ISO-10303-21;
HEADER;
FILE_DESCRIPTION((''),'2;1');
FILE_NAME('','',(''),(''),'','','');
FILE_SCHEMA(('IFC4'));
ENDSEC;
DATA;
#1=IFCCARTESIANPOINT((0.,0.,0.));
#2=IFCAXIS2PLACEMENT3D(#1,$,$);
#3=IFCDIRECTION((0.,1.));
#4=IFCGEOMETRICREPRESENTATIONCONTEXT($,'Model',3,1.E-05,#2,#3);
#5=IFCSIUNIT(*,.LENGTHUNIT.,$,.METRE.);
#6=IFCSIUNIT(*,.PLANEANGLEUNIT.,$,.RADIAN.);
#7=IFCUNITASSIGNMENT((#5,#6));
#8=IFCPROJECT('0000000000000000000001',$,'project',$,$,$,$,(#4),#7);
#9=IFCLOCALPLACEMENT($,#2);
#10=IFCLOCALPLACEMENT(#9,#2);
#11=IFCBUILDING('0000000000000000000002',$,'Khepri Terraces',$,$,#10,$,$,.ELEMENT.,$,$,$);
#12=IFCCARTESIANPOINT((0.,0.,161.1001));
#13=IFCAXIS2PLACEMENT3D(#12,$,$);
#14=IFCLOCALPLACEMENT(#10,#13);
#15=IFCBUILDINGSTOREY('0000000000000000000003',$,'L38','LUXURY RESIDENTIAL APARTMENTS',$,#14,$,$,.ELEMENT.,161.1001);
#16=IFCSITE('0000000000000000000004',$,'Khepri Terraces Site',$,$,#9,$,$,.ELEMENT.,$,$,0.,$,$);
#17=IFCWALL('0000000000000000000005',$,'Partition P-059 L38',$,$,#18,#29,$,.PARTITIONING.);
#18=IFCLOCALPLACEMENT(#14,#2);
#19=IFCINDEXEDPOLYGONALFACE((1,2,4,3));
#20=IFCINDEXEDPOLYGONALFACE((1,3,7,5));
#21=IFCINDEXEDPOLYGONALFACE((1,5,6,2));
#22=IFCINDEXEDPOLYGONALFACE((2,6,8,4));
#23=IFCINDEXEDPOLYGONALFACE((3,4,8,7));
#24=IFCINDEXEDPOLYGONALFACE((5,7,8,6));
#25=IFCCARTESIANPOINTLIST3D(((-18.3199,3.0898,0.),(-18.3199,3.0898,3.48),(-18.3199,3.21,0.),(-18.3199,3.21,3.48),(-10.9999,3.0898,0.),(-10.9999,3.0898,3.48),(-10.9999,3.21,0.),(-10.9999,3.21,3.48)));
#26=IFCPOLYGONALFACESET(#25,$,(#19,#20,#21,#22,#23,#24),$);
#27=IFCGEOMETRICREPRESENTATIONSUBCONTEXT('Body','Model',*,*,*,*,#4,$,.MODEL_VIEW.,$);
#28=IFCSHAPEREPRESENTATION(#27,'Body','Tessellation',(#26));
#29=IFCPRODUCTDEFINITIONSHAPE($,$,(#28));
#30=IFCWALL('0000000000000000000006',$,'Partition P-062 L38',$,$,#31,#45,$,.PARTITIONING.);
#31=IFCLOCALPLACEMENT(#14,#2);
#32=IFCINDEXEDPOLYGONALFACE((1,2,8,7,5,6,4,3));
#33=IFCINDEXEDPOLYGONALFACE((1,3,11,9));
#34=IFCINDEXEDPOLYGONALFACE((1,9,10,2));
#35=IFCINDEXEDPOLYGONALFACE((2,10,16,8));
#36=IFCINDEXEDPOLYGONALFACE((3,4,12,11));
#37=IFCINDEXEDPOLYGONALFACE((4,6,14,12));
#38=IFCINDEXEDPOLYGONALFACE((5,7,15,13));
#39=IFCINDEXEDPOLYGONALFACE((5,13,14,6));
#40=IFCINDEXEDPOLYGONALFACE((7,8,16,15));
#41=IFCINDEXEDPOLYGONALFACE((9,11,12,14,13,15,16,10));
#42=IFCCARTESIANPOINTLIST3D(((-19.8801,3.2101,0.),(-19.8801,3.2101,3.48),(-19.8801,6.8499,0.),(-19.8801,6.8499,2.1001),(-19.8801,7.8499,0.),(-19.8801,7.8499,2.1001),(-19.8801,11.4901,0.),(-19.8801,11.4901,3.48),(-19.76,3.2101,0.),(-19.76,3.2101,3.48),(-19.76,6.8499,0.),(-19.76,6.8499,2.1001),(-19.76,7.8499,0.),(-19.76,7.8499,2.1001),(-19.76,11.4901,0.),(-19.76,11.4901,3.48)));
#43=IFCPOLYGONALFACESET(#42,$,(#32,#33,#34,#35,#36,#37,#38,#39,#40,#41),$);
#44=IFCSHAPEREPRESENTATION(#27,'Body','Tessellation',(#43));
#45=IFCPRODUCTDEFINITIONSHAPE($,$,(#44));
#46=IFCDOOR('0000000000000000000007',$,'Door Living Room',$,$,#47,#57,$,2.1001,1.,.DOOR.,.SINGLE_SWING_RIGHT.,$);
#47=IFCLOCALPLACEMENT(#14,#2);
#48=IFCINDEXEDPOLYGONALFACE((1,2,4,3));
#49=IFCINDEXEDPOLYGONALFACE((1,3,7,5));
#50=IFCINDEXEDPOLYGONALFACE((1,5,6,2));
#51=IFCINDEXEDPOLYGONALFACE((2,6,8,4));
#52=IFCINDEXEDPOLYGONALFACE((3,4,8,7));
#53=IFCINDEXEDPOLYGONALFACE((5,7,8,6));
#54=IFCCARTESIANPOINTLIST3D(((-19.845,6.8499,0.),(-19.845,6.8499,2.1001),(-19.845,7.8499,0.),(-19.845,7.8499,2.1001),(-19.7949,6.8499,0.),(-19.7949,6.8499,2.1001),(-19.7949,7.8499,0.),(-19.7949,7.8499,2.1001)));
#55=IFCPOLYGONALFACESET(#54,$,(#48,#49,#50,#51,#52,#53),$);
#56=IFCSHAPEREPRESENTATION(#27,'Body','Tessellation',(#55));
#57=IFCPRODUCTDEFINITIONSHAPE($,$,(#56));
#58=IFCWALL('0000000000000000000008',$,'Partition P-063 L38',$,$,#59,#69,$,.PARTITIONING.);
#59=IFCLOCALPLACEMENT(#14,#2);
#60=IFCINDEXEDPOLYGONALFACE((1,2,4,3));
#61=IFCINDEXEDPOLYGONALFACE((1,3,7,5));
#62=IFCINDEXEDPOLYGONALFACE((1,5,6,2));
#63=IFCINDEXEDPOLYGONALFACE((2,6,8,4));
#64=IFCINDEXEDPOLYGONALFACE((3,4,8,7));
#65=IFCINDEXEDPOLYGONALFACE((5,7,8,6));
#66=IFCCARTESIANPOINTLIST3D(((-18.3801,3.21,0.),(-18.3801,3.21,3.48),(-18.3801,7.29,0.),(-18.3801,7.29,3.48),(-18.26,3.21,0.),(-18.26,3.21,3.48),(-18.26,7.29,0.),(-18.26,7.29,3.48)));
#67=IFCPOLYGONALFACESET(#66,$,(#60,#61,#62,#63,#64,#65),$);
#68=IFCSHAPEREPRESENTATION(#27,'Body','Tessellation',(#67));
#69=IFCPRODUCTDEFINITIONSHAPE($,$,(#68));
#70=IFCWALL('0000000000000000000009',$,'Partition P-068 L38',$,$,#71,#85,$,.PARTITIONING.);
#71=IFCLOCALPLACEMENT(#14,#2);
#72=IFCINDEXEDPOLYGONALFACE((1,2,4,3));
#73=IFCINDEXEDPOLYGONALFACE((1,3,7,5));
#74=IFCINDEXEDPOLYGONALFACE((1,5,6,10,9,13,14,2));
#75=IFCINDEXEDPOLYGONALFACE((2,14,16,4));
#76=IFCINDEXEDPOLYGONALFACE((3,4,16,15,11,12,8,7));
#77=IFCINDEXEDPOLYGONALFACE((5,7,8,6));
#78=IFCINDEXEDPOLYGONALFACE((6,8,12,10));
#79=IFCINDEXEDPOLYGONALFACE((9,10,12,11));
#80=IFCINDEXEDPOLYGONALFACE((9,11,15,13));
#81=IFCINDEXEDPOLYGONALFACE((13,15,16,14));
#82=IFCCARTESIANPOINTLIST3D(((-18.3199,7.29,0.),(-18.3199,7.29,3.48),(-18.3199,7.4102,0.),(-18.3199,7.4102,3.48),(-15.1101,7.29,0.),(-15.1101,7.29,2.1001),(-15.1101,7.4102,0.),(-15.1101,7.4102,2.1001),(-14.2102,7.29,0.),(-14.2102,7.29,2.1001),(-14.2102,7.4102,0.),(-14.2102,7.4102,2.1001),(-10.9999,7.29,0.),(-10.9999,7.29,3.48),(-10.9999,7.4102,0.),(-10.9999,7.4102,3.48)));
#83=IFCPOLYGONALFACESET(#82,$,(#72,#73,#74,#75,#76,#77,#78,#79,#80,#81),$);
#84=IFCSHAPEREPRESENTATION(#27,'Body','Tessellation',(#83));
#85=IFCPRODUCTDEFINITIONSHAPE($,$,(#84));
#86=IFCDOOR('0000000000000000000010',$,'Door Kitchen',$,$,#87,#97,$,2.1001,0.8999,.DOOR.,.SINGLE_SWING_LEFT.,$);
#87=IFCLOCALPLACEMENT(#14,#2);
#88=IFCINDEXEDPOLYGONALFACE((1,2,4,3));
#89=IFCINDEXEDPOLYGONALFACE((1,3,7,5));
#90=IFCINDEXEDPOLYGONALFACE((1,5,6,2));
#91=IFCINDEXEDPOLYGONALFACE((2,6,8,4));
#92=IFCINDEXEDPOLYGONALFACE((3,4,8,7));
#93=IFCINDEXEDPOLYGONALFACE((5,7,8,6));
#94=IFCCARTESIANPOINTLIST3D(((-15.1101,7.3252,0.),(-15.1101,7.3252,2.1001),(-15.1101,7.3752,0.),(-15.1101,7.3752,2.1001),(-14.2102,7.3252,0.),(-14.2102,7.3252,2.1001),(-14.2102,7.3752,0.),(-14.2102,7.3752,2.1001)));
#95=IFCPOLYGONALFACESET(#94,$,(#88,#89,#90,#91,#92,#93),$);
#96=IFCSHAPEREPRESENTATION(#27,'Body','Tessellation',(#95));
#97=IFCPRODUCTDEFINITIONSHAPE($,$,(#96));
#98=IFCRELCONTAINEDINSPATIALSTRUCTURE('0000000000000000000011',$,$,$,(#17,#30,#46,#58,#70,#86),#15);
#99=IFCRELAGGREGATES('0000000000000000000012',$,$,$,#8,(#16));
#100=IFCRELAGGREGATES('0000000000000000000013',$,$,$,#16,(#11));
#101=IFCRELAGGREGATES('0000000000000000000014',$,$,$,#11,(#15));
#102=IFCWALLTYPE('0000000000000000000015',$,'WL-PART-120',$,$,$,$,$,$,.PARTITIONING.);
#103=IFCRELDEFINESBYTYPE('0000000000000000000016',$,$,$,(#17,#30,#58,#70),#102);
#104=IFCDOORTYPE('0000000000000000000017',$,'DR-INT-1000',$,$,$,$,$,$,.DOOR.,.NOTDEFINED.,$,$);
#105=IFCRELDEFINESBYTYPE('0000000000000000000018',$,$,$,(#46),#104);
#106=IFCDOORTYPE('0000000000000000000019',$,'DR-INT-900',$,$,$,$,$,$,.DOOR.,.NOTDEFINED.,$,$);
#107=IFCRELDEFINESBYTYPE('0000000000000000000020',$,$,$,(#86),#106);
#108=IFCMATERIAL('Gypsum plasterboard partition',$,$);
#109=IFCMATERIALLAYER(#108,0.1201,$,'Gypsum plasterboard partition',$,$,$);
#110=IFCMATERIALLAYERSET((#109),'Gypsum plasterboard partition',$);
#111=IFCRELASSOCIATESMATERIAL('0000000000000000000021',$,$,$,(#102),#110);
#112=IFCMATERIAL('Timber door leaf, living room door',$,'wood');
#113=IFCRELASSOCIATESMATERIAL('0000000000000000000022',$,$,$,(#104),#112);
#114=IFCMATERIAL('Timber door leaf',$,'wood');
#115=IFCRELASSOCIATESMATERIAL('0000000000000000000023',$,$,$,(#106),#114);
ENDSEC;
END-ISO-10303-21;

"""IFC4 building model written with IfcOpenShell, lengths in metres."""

from ifc_helpers import new_model, si_unit, direction, frame, frame_2d, origin, place, context, subcontext, project, spatial, rectangle, extrude, material, layer, layer_set, type_object, element, fill, save


model = new_model("IFC4")

# Units and contexts
model_context = context("Model", 3, precision=1e-05, world=origin(), true_north=direction((0.0, 1.0)))
body_context = subcontext(model_context, "Body", "Model", "MODEL_VIEW")
ifc_project = project(units=[si_unit("LENGTHUNIT", "METRE"), si_unit("PLANEANGLEUNIT", "RADIAN")], contexts=[model_context])

# Site, building, storey
site_placement = place(None, origin())
site = spatial("IfcSite", under=ifc_project, at=site_placement, Name="Khepri Terraces Site", CompositionType="ELEMENT", RefElevation=0.0)
building_placement = place(site_placement, origin())
building = spatial("IfcBuilding", under=site, at=building_placement, Name="Khepri Terraces", CompositionType="ELEMENT")
storey_placement = place(building_placement, frame((0.0, 0.0, 161.1001)))
storey = spatial("IfcBuildingStorey", under=building, at=storey_placement, Name="L38", Description="LUXURY RESIDENTIAL APARTMENTS", CompositionType="ELEMENT", Elevation=161.1001)

# Wall
ifc_material_1 = material(Name="Gypsum plasterboard partition")
ifc_layer_1 = layer(ifc_material_1, 0.1201, Name="Gypsum plasterboard partition")
ifc_layer_set_1 = layer_set([ifc_layer_1], Name="Gypsum plasterboard partition")
wall_type_1 = type_object("IfcWallType", Name="WL-PART-120", PredefinedType="PARTITIONING", material=ifc_layer_set_1)
wall_1_placement = place(storey_placement, frame((-18.3201, 3.1499, 0.0), z_axis=(0.0, 0.0, 1.0), x_axis=(1.0, 0.0, 0.0)))
element("IfcWall", 1, at=wall_1_placement, inside=storey, type_object=wall_type_1, Name="Partition P-059 L38", PredefinedType="PARTITIONING", context=body_context, shape_type="SweptSolid", body=[
    extrude(rectangle(XDim=7.3201, YDim=0.1201, at=frame_2d((3.6602, 0.0))), origin(), (0.0, 0.0, 1.0), 3.48),
])

# Wall, opening, door
wall_2_placement = place(storey_placement, frame((-19.8201, 3.21, 0.0), z_axis=(0.0, 0.0, 1.0), x_axis=(0.0, 1.0, 0.0)))
wall_2 = element("IfcWall", 2, at=wall_2_placement, inside=storey, type_object=wall_type_1, Name="Partition P-062 L38", PredefinedType="PARTITIONING", context=body_context, shape_type="SweptSolid", body=[
    extrude(rectangle(XDim=8.28, YDim=0.1201, at=frame_2d((4.1401, 0.0))), origin(), (0.0, 0.0, 1.0), 3.48),
])
opening_1_placement = place(wall_2_placement, frame((3.6399, 0.0, 0.0)))
opening_1 = element("IfcOpeningElement", 3, at=opening_1_placement, cuts=wall_2, PredefinedType="OPENING", context=body_context, shape_type="SweptSolid", body=[
    extrude(rectangle(XDim=1.0, YDim=2.1001, at=frame_2d((0.5, 1.05))), frame((0.0, 0.0701, 0.0), z_axis=(0.0, -1.0, 0.0), x_axis=(1.0, 0.0, 0.0)), (0.0, 0.0, 1.0), 0.1401),
])
ifc_material_2 = material(Name="Timber door leaf, living room door", Category="wood")
door_type_1 = type_object("IfcDoorType", Name="DR-INT-1000", OperationType="NOTDEFINED", PredefinedType="DOOR", material=ifc_material_2)
door_1_placement = place(opening_1_placement, origin())
door_1 = element("IfcDoor", 4, at=door_1_placement, inside=storey, type_object=door_type_1, Name="Door Living Room", OperationType="SINGLE_SWING_RIGHT", OverallHeight=2.1001, OverallWidth=1.0, PredefinedType="DOOR", context=body_context, shape_type="SweptSolid", body=[
    extrude(rectangle(XDim=1.0, YDim=2.1001, at=frame_2d((0.5, 1.05))), frame((0.0, 0.0249, 0.0), z_axis=(0.0, -1.0, 0.0), x_axis=(1.0, 0.0, 0.0)), (0.0, 0.0, 1.0), 0.05),
])
fill(opening_1, door_1)

# Wall
wall_3_placement = place(storey_placement, frame((-18.3201, 3.21, 0.0), z_axis=(0.0, 0.0, 1.0), x_axis=(0.0, 1.0, 0.0)))
element("IfcWall", 5, at=wall_3_placement, inside=storey, type_object=wall_type_1, Name="Partition P-063 L38", PredefinedType="PARTITIONING", context=body_context, shape_type="SweptSolid", body=[
    extrude(rectangle(XDim=4.0801, YDim=0.1201, at=frame_2d((2.04, 0.0))), origin(), (0.0, 0.0, 1.0), 3.48),
])

# Wall, opening, door
wall_4_placement = place(storey_placement, frame((-18.3201, 7.3501, 0.0), z_axis=(0.0, 0.0, 1.0), x_axis=(1.0, 0.0, 0.0)))
wall_4 = element("IfcWall", 6, at=wall_4_placement, inside=storey, type_object=wall_type_1, Name="Partition P-068 L38", PredefinedType="PARTITIONING", context=body_context, shape_type="SweptSolid", body=[
    extrude(rectangle(XDim=7.3201, YDim=0.1201, at=frame_2d((3.6602, 0.0))), origin(), (0.0, 0.0, 1.0), 3.48),
])
opening_2_placement = place(wall_4_placement, frame((3.21, 0.0, 0.0)))
opening_2 = element("IfcOpeningElement", 7, at=opening_2_placement, cuts=wall_4, PredefinedType="OPENING", context=body_context, shape_type="SweptSolid", body=[
    extrude(rectangle(XDim=0.8999, YDim=2.1001, at=frame_2d((0.45, 1.05))), frame((0.0, 0.0701, 0.0), z_axis=(0.0, -1.0, 0.0), x_axis=(1.0, 0.0, 0.0)), (0.0, 0.0, 1.0), 0.1401),
])
ifc_material_3 = material(Name="Timber door leaf", Category="wood")
door_type_2 = type_object("IfcDoorType", Name="DR-INT-900", OperationType="NOTDEFINED", PredefinedType="DOOR", material=ifc_material_3)
door_2_placement = place(opening_2_placement, frame((0.8999, 0.0, 0.0), z_axis=(0.0, 0.0, 1.0), x_axis=(-1.0, 0.0, 0.0)))
door_2 = element("IfcDoor", 8, at=door_2_placement, inside=storey, type_object=door_type_2, Name="Door Kitchen", OperationType="SINGLE_SWING_LEFT", OverallHeight=2.1001, OverallWidth=0.8999, PredefinedType="DOOR", context=body_context, shape_type="SweptSolid", body=[
    extrude(rectangle(XDim=0.8999, YDim=2.1001, at=frame_2d((0.45, 1.05))), frame((0.0, 0.0249, 0.0), z_axis=(0.0, -1.0, 0.0), x_axis=(1.0, 0.0, 0.0)), (0.0, 0.0, 1.0), 0.05),
])
fill(opening_2, door_2)

save(model, "model.ifc")
